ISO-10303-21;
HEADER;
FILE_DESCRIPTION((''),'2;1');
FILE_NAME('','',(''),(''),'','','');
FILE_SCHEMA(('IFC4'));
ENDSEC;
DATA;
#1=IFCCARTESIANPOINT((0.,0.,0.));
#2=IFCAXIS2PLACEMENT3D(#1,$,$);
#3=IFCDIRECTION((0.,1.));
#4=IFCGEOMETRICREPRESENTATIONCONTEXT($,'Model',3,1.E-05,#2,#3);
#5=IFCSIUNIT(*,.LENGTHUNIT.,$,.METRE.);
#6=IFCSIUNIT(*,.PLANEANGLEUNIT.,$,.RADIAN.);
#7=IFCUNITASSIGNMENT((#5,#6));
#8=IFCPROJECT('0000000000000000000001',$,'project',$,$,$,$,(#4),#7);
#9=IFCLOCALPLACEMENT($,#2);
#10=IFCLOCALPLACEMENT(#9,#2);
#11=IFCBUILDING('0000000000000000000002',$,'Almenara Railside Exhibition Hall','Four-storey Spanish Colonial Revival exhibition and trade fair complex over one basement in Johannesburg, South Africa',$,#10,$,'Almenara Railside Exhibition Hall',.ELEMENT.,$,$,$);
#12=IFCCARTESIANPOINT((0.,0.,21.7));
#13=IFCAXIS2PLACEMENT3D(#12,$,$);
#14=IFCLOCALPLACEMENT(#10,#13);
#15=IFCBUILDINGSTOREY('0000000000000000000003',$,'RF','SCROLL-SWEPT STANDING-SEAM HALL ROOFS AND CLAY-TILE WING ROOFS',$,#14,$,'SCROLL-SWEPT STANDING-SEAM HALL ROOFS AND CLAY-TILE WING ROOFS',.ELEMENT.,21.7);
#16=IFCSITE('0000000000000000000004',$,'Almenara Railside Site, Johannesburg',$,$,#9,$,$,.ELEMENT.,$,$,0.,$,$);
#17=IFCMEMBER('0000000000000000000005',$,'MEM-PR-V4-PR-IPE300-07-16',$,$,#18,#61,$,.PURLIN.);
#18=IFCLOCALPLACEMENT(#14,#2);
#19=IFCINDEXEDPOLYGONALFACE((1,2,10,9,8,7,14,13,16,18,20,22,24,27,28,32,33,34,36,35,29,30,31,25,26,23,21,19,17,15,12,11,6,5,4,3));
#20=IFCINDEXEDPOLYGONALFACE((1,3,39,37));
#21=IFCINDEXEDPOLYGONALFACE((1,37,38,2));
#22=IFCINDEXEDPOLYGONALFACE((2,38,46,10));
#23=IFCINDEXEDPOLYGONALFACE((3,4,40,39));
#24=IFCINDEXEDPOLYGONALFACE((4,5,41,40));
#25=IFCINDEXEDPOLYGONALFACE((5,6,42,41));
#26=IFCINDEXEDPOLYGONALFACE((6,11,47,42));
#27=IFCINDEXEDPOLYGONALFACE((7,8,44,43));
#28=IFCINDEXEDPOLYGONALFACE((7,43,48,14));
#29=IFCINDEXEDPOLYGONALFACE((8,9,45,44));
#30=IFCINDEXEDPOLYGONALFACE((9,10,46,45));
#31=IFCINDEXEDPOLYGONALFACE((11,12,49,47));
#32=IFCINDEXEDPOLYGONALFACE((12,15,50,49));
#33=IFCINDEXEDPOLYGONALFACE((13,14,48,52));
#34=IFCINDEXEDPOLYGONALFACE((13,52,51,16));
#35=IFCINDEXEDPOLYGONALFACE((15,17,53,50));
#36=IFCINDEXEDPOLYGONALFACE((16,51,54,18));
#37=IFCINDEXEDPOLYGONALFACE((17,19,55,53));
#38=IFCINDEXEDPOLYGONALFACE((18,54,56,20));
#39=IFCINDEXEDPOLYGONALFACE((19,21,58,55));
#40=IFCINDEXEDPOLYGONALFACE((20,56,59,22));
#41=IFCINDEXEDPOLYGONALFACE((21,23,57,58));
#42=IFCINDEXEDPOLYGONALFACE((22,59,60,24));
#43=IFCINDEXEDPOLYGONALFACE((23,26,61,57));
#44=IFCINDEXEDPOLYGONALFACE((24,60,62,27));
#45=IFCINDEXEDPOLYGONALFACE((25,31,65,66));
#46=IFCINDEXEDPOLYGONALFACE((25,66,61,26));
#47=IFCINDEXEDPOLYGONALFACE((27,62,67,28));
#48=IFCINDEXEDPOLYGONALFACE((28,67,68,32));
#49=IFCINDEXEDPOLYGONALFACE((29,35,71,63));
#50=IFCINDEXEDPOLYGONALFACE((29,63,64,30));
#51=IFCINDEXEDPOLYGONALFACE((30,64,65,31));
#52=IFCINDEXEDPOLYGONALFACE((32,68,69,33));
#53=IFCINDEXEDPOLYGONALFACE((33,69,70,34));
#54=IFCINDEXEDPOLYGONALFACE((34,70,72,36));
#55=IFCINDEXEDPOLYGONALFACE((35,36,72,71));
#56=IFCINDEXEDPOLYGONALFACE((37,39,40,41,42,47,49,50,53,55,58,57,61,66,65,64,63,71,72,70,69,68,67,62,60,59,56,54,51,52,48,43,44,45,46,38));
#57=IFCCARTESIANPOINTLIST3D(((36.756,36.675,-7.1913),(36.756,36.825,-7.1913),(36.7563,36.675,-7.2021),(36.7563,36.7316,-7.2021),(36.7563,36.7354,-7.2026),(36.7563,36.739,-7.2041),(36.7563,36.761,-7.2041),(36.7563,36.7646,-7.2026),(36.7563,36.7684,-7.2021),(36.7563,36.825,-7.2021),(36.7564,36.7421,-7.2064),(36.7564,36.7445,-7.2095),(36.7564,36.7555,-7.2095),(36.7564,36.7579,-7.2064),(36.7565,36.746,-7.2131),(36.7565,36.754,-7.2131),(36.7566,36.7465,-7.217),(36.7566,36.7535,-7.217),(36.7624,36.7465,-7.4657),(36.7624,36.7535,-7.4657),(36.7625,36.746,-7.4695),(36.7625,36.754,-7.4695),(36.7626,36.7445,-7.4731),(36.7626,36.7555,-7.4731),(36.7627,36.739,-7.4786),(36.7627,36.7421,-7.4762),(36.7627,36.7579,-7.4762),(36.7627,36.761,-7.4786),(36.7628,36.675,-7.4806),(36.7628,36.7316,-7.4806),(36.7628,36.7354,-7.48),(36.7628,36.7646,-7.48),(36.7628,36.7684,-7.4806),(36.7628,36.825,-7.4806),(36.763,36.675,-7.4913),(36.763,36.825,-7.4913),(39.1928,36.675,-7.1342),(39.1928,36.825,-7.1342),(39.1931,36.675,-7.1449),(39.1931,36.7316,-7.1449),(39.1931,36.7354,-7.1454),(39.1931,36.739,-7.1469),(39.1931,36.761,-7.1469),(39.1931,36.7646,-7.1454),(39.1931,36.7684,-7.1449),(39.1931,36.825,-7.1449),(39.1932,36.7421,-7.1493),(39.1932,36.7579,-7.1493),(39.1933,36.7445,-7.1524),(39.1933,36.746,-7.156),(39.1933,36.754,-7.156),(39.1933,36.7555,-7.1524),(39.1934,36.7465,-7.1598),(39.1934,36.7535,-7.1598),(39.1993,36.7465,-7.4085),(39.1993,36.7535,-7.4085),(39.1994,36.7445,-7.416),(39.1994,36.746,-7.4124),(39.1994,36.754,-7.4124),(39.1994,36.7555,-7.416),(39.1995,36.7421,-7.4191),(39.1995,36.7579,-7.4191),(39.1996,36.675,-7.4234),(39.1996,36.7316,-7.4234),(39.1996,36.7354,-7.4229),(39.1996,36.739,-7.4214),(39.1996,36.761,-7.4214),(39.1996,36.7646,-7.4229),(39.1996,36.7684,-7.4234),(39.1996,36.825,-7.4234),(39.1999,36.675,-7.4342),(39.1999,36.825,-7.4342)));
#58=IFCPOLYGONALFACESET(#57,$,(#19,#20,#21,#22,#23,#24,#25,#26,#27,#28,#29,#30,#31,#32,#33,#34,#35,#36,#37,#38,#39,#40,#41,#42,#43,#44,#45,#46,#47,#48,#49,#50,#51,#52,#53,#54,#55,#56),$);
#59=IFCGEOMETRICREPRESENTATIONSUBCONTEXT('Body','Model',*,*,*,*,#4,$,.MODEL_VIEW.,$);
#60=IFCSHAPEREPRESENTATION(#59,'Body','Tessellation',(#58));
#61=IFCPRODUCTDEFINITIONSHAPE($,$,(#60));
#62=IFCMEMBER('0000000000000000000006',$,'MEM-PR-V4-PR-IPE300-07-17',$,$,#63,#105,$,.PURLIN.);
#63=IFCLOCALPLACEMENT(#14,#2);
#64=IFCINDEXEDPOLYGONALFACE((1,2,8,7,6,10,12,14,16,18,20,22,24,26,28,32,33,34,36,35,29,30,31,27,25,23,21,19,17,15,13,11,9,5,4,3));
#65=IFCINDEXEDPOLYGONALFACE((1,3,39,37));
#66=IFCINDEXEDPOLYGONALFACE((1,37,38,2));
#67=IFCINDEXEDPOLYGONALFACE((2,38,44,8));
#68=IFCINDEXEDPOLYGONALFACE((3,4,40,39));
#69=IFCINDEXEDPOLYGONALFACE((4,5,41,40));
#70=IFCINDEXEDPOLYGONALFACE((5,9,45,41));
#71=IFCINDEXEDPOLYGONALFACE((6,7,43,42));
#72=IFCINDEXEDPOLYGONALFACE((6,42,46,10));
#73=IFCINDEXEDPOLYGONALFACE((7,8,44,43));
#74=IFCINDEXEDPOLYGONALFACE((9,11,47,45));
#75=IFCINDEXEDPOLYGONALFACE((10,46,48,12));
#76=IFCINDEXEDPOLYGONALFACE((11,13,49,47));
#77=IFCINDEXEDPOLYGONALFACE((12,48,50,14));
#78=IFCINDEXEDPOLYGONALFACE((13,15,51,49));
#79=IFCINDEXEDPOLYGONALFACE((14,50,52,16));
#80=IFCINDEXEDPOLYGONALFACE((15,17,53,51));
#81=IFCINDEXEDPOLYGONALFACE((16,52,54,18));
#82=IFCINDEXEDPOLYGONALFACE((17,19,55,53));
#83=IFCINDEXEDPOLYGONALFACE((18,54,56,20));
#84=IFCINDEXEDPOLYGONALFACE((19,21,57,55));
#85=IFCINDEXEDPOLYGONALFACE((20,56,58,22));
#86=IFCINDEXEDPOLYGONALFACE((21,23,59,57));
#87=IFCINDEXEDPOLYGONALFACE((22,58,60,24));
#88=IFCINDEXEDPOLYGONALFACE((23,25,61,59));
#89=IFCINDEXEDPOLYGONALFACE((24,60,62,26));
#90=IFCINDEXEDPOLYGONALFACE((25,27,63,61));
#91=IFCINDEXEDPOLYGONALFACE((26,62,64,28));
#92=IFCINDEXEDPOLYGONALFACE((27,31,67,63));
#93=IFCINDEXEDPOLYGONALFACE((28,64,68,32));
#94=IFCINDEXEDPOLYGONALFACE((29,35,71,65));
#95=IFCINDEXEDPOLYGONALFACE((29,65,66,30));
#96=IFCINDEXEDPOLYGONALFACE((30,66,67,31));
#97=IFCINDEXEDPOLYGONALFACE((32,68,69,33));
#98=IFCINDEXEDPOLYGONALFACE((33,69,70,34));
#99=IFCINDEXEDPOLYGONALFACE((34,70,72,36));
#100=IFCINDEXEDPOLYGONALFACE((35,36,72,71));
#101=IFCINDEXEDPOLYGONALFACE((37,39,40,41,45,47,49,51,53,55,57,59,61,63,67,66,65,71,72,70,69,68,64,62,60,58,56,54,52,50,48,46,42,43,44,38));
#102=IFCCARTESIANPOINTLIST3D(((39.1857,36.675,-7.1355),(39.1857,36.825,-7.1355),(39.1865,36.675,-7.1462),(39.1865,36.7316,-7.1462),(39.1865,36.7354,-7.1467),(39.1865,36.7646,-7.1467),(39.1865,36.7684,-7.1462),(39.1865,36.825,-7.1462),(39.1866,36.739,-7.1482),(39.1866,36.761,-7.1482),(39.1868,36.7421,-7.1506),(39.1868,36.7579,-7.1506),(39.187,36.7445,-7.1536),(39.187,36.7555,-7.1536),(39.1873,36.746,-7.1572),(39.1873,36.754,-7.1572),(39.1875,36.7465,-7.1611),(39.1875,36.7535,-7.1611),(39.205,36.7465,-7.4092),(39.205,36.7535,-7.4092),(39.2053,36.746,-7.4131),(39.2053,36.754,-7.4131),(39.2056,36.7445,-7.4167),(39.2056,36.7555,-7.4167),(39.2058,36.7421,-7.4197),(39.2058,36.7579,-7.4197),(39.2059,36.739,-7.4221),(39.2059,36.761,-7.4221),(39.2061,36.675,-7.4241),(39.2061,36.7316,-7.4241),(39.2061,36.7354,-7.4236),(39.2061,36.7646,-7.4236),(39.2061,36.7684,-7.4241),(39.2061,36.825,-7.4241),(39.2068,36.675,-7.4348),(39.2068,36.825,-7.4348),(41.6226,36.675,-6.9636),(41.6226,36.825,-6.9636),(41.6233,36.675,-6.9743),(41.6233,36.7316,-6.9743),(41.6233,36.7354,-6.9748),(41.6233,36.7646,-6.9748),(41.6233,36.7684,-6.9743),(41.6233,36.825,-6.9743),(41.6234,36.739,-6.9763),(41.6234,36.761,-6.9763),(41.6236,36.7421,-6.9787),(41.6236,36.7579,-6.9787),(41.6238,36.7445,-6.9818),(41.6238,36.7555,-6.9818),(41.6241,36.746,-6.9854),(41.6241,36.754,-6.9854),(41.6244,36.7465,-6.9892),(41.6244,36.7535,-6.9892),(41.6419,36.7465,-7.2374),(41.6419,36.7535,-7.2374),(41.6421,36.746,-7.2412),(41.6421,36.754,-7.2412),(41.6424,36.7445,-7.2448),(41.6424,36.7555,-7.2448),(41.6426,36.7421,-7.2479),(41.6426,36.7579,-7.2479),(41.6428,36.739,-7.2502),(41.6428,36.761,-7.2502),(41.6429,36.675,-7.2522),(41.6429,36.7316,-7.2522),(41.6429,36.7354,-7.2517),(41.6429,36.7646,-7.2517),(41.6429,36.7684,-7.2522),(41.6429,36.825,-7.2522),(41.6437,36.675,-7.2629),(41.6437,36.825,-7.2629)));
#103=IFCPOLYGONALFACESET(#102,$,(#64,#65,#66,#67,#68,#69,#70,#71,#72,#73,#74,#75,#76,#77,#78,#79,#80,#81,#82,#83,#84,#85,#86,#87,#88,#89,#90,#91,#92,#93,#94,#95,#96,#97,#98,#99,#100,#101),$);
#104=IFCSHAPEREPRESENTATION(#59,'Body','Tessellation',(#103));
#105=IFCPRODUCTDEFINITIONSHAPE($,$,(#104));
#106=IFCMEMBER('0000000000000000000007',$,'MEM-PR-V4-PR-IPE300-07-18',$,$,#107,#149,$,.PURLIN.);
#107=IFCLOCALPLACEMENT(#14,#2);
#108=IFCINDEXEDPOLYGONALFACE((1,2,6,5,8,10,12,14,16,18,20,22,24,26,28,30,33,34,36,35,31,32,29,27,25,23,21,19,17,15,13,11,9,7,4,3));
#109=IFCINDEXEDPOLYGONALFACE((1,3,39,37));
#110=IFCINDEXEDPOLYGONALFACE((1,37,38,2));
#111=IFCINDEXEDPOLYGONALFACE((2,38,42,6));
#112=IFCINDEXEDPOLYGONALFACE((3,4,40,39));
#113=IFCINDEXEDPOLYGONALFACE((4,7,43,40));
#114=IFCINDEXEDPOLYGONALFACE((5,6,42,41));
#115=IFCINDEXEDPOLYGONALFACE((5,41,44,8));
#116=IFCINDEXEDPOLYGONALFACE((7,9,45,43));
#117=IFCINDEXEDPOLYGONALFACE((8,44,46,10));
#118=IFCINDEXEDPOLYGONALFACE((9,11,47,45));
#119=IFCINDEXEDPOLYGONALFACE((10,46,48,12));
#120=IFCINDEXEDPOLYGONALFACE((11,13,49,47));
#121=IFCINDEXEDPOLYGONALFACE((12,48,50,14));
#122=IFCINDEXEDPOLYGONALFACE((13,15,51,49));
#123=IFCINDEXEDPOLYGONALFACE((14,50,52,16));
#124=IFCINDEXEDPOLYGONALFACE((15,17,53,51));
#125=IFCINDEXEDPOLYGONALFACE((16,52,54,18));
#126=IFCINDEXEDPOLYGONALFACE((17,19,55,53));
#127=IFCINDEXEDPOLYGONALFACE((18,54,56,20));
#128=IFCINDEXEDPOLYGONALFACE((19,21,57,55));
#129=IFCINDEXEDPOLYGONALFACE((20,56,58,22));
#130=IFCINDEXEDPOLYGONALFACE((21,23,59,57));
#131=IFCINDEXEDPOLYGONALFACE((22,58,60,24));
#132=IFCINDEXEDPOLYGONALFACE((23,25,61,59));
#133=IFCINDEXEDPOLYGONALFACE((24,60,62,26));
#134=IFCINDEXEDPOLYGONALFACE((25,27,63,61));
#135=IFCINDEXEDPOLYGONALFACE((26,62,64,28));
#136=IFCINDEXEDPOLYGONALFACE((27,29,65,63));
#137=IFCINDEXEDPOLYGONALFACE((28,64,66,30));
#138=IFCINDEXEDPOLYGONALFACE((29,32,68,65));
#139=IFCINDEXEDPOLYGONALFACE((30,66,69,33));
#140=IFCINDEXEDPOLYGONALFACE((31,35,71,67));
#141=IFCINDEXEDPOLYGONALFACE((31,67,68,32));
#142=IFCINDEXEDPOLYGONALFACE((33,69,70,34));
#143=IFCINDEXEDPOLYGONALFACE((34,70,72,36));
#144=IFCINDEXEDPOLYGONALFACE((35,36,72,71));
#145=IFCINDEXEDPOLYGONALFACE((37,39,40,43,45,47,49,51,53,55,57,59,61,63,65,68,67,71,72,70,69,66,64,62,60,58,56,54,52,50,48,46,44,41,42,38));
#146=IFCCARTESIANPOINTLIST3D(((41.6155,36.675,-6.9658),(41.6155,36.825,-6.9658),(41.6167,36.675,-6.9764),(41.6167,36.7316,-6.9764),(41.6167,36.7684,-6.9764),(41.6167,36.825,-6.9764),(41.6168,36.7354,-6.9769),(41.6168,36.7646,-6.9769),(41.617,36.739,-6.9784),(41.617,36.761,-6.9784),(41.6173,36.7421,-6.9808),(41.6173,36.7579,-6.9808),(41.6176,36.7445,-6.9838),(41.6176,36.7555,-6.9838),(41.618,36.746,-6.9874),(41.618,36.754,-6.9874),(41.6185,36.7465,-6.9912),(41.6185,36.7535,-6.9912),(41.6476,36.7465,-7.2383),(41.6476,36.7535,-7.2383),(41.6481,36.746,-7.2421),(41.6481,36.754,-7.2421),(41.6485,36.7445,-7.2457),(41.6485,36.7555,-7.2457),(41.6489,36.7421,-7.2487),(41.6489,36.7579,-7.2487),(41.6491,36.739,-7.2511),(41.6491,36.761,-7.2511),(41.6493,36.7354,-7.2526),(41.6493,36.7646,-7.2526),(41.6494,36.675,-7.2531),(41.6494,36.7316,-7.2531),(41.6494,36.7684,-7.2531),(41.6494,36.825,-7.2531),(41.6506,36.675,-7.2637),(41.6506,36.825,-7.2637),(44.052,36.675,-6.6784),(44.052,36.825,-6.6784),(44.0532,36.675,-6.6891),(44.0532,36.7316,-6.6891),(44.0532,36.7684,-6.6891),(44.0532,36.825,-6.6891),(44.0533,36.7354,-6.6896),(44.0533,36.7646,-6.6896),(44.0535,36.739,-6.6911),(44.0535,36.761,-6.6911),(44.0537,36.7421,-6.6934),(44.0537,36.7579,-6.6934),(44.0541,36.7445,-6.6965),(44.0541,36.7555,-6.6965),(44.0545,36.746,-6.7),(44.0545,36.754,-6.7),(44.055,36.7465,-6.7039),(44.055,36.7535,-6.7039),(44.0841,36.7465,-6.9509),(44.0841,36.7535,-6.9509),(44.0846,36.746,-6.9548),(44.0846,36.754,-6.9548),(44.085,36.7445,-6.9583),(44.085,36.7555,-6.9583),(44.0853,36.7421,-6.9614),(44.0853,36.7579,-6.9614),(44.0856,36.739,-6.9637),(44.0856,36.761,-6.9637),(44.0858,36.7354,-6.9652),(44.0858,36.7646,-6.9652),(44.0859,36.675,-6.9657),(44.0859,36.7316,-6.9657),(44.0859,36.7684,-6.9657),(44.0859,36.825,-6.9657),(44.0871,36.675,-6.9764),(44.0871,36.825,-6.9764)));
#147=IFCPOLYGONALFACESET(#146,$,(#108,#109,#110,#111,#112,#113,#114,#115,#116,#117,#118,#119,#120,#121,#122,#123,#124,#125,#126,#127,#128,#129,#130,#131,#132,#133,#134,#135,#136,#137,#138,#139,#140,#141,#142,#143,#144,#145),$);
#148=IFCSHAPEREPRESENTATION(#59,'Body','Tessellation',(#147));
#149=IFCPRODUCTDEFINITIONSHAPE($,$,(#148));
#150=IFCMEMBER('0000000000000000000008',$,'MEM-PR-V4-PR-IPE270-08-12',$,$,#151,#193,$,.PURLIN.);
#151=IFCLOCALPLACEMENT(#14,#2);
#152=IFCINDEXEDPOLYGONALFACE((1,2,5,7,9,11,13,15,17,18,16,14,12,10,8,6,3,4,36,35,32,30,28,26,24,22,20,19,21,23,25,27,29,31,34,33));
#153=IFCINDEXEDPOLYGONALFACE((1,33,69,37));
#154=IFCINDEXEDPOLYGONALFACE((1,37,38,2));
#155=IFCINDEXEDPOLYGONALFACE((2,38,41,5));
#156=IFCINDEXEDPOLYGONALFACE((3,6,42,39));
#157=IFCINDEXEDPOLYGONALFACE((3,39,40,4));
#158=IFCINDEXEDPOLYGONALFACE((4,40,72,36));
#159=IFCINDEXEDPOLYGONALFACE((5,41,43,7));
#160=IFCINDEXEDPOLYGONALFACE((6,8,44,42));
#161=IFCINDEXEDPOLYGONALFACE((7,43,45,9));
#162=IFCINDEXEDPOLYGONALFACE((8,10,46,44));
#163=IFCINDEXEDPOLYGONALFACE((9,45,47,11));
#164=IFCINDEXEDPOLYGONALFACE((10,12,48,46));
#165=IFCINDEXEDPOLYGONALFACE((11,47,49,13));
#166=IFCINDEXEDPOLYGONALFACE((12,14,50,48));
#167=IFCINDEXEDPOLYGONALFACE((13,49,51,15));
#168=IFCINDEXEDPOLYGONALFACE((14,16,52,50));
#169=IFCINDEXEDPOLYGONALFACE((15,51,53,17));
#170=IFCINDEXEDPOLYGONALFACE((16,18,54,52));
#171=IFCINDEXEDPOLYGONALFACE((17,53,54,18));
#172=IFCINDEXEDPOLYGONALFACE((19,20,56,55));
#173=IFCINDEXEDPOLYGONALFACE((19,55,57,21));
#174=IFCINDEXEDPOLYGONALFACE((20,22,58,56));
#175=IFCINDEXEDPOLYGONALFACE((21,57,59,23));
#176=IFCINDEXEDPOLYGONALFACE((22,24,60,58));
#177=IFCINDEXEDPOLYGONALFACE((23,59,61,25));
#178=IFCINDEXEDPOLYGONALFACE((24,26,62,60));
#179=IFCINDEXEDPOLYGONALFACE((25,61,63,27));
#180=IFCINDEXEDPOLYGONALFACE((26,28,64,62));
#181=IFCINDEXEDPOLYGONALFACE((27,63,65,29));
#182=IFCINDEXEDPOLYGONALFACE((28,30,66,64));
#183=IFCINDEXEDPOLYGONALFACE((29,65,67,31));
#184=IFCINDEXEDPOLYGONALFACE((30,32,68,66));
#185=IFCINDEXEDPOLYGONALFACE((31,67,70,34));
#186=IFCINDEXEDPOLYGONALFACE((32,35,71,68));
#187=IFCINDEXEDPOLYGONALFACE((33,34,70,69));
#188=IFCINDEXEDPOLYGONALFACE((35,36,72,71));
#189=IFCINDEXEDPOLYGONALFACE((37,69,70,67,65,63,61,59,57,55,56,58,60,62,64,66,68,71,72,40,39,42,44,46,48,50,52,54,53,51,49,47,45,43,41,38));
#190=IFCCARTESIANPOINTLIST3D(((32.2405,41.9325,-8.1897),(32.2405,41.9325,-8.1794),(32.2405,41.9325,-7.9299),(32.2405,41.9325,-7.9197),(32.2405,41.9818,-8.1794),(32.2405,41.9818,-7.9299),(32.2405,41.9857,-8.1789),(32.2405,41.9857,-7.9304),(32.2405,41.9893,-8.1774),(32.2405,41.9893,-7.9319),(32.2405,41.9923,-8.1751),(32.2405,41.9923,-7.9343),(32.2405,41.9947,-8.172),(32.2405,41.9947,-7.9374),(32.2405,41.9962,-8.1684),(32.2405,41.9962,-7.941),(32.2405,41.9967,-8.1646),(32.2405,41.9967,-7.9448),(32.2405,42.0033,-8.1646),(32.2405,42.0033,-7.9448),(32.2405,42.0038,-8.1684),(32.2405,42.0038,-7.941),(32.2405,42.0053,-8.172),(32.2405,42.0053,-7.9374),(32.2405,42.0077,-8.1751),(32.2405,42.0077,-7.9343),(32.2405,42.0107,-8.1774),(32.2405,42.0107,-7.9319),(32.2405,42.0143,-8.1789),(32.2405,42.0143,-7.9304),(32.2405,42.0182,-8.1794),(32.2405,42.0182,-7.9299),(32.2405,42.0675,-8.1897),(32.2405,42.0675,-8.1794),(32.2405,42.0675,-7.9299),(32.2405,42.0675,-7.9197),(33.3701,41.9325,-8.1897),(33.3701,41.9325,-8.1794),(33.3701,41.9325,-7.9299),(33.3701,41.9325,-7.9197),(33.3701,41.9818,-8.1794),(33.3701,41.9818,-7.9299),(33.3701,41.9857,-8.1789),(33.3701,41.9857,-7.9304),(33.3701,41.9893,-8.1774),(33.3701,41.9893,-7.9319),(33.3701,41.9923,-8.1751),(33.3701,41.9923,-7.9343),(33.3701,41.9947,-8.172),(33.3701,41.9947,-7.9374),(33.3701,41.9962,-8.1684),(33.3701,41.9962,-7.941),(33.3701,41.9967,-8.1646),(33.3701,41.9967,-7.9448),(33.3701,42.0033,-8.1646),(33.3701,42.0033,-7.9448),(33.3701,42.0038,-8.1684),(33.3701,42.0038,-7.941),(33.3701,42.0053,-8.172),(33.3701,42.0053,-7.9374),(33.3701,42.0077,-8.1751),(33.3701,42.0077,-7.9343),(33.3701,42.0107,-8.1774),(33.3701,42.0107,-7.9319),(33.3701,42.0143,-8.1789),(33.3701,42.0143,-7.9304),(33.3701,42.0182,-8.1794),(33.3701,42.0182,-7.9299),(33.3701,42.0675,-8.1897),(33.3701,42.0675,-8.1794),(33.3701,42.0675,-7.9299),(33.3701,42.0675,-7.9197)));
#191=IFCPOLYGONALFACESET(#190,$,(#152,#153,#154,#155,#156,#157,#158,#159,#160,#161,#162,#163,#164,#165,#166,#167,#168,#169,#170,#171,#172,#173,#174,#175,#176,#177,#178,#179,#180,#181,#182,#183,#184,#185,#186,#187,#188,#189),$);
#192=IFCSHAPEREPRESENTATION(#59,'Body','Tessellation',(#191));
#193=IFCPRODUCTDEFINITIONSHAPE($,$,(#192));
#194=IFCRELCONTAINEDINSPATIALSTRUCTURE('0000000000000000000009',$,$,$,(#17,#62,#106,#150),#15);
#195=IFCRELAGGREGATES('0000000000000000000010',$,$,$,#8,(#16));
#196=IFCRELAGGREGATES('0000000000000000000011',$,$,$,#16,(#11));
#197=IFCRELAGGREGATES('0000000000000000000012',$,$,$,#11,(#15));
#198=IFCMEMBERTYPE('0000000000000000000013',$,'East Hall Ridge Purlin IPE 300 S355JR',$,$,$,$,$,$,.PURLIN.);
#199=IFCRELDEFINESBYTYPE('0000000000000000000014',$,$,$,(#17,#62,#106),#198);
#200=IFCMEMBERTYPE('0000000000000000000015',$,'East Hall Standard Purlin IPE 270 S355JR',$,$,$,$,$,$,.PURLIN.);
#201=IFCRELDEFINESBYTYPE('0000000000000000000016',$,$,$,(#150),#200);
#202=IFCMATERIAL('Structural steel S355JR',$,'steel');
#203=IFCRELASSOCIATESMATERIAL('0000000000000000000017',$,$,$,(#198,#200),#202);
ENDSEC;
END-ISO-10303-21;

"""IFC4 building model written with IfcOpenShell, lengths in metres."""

from ifc_helpers import new_model, si_unit, direction, frame, origin, origin_2d, place, context, subcontext, project, spatial, i_section, extrude, material, material_profile, profile_set, type_object, element, save


model = new_model("IFC4")

# Units and contexts
model_context = context("Model", 3, precision=1e-05, world=origin(), true_north=direction((0.0, 1.0)))
body_context = subcontext(model_context, "Body", "Model", "MODEL_VIEW")
ifc_project = project(units=[si_unit("LENGTHUNIT", "METRE"), si_unit("PLANEANGLEUNIT", "RADIAN")], contexts=[model_context])

# Site, building, storey
site_placement = place(None, origin())
site = spatial("IfcSite", under=ifc_project, at=site_placement, Name="Almenara Railside Site, Johannesburg", CompositionType="ELEMENT", RefElevation=0.0)
building_placement = place(site_placement, origin())
building = spatial("IfcBuilding", under=site, at=building_placement, Name="Almenara Railside Exhibition Hall", Description="Four-storey Spanish Colonial Revival exhibition and trade fair complex over one basement in Johannesburg, South Africa", LongName="Almenara Railside Exhibition Hall", CompositionType="ELEMENT")
storey_placement = place(building_placement, frame((0.0, 0.0, 21.7)))
storey = spatial("IfcBuildingStorey", under=building, at=storey_placement, Name="RF", Description="SCROLL-SWEPT STANDING-SEAM HALL ROOFS AND CLAY-TILE WING ROOFS", LongName="SCROLL-SWEPT STANDING-SEAM HALL ROOFS AND CLAY-TILE WING ROOFS", CompositionType="ELEMENT", Elevation=21.7)

# Members
ifc_material = material(Name="Structural steel S355JR", Category="steel")
ifc_material_profile_1 = material_profile(ifc_material, i_section(OverallWidth=0.1499, OverallDepth=0.3, WebThickness=0.0071, FlangeThickness=0.0107, FilletRadius=0.0149, at=origin_2d()), Name="IPE 300")
ifc_profile_set_1 = profile_set([ifc_material_profile_1], Name="Structural steel S355JR")
member_type_1 = type_object("IfcMemberType", Name="East Hall Ridge Purlin IPE 300 S355JR", PredefinedType="PURLIN", material=ifc_profile_set_1)
member_1_placement = place(storey_placement, frame((36.7595, 36.75, -7.3413), z_axis=(0.999725, 0.0, 0.023438), x_axis=(0.0, 1.0, 0.0)))
element("IfcMember", 1, at=member_1_placement, inside=storey, type_object=member_type_1, Name="MEM-PR-V4-PR-IPE300-07-16", PredefinedType="PURLIN", context=body_context, shape_type="SweptSolid", body=[
    extrude(i_section(OverallWidth=0.1499, OverallDepth=0.3, WebThickness=0.0071, FlangeThickness=0.0107, FilletRadius=0.0149, at=origin_2d()), origin(), (0.0, 0.0, 1.0), 2.4375),
])
member_2_placement = place(storey_placement, frame((39.1963, 36.75, -7.2852), z_axis=(0.997522, 0.0, 0.070359), x_axis=(0.0, 1.0, 0.0)))
element("IfcMember", 2, at=member_2_placement, inside=storey, type_object=member_type_1, Name="MEM-PR-V4-PR-IPE300-07-17", PredefinedType="PURLIN", context=body_context, shape_type="SweptSolid", body=[
    extrude(i_section(OverallWidth=0.1499, OverallDepth=0.3, WebThickness=0.0071, FlangeThickness=0.0107, FilletRadius=0.0149, at=origin_2d()), origin(), (0.0, 0.0, 1.0), 2.4429),
])
member_3_placement = place(storey_placement, frame((41.6331, 36.75, -7.1147), z_axis=(0.993117, 0.0, 0.117124), x_axis=(0.0, 1.0, 0.0)))
element("IfcMember", 3, at=member_3_placement, inside=storey, type_object=member_type_1, Name="MEM-PR-V4-PR-IPE300-07-18", PredefinedType="PURLIN", context=body_context, shape_type="SweptSolid", body=[
    extrude(i_section(OverallWidth=0.1499, OverallDepth=0.3, WebThickness=0.0071, FlangeThickness=0.0107, FilletRadius=0.0149, at=origin_2d()), origin(), (0.0, 0.0, 1.0), 2.4534),
])
ifc_material_profile_2 = material_profile(ifc_material, i_section(OverallWidth=0.135, OverallDepth=0.27, WebThickness=0.0066, FlangeThickness=0.0103, FilletRadius=0.0149, at=origin_2d()), Name="IPE 270")
ifc_profile_set_2 = profile_set([ifc_material_profile_2], Name="Structural steel S355JR")
member_type_2 = type_object("IfcMemberType", Name="East Hall Standard Purlin IPE 270 S355JR", PredefinedType="PURLIN", material=ifc_profile_set_2)
member_4_placement = place(storey_placement, frame((32.2405, 42.0, -8.0547), z_axis=(1.0, 0.0, 0.0), x_axis=(0.0, 1.0, 0.0)))
element("IfcMember", 4, at=member_4_placement, inside=storey, type_object=member_type_2, Name="MEM-PR-V4-PR-IPE270-08-12", PredefinedType="PURLIN", context=body_context, shape_type="SweptSolid", body=[
    extrude(i_section(OverallWidth=0.135, OverallDepth=0.27, WebThickness=0.0066, FlangeThickness=0.0103, FilletRadius=0.0149, at=origin_2d()), origin(), (0.0, 0.0, 1.0), 1.1296),
])

save(model, "model.ifc")
